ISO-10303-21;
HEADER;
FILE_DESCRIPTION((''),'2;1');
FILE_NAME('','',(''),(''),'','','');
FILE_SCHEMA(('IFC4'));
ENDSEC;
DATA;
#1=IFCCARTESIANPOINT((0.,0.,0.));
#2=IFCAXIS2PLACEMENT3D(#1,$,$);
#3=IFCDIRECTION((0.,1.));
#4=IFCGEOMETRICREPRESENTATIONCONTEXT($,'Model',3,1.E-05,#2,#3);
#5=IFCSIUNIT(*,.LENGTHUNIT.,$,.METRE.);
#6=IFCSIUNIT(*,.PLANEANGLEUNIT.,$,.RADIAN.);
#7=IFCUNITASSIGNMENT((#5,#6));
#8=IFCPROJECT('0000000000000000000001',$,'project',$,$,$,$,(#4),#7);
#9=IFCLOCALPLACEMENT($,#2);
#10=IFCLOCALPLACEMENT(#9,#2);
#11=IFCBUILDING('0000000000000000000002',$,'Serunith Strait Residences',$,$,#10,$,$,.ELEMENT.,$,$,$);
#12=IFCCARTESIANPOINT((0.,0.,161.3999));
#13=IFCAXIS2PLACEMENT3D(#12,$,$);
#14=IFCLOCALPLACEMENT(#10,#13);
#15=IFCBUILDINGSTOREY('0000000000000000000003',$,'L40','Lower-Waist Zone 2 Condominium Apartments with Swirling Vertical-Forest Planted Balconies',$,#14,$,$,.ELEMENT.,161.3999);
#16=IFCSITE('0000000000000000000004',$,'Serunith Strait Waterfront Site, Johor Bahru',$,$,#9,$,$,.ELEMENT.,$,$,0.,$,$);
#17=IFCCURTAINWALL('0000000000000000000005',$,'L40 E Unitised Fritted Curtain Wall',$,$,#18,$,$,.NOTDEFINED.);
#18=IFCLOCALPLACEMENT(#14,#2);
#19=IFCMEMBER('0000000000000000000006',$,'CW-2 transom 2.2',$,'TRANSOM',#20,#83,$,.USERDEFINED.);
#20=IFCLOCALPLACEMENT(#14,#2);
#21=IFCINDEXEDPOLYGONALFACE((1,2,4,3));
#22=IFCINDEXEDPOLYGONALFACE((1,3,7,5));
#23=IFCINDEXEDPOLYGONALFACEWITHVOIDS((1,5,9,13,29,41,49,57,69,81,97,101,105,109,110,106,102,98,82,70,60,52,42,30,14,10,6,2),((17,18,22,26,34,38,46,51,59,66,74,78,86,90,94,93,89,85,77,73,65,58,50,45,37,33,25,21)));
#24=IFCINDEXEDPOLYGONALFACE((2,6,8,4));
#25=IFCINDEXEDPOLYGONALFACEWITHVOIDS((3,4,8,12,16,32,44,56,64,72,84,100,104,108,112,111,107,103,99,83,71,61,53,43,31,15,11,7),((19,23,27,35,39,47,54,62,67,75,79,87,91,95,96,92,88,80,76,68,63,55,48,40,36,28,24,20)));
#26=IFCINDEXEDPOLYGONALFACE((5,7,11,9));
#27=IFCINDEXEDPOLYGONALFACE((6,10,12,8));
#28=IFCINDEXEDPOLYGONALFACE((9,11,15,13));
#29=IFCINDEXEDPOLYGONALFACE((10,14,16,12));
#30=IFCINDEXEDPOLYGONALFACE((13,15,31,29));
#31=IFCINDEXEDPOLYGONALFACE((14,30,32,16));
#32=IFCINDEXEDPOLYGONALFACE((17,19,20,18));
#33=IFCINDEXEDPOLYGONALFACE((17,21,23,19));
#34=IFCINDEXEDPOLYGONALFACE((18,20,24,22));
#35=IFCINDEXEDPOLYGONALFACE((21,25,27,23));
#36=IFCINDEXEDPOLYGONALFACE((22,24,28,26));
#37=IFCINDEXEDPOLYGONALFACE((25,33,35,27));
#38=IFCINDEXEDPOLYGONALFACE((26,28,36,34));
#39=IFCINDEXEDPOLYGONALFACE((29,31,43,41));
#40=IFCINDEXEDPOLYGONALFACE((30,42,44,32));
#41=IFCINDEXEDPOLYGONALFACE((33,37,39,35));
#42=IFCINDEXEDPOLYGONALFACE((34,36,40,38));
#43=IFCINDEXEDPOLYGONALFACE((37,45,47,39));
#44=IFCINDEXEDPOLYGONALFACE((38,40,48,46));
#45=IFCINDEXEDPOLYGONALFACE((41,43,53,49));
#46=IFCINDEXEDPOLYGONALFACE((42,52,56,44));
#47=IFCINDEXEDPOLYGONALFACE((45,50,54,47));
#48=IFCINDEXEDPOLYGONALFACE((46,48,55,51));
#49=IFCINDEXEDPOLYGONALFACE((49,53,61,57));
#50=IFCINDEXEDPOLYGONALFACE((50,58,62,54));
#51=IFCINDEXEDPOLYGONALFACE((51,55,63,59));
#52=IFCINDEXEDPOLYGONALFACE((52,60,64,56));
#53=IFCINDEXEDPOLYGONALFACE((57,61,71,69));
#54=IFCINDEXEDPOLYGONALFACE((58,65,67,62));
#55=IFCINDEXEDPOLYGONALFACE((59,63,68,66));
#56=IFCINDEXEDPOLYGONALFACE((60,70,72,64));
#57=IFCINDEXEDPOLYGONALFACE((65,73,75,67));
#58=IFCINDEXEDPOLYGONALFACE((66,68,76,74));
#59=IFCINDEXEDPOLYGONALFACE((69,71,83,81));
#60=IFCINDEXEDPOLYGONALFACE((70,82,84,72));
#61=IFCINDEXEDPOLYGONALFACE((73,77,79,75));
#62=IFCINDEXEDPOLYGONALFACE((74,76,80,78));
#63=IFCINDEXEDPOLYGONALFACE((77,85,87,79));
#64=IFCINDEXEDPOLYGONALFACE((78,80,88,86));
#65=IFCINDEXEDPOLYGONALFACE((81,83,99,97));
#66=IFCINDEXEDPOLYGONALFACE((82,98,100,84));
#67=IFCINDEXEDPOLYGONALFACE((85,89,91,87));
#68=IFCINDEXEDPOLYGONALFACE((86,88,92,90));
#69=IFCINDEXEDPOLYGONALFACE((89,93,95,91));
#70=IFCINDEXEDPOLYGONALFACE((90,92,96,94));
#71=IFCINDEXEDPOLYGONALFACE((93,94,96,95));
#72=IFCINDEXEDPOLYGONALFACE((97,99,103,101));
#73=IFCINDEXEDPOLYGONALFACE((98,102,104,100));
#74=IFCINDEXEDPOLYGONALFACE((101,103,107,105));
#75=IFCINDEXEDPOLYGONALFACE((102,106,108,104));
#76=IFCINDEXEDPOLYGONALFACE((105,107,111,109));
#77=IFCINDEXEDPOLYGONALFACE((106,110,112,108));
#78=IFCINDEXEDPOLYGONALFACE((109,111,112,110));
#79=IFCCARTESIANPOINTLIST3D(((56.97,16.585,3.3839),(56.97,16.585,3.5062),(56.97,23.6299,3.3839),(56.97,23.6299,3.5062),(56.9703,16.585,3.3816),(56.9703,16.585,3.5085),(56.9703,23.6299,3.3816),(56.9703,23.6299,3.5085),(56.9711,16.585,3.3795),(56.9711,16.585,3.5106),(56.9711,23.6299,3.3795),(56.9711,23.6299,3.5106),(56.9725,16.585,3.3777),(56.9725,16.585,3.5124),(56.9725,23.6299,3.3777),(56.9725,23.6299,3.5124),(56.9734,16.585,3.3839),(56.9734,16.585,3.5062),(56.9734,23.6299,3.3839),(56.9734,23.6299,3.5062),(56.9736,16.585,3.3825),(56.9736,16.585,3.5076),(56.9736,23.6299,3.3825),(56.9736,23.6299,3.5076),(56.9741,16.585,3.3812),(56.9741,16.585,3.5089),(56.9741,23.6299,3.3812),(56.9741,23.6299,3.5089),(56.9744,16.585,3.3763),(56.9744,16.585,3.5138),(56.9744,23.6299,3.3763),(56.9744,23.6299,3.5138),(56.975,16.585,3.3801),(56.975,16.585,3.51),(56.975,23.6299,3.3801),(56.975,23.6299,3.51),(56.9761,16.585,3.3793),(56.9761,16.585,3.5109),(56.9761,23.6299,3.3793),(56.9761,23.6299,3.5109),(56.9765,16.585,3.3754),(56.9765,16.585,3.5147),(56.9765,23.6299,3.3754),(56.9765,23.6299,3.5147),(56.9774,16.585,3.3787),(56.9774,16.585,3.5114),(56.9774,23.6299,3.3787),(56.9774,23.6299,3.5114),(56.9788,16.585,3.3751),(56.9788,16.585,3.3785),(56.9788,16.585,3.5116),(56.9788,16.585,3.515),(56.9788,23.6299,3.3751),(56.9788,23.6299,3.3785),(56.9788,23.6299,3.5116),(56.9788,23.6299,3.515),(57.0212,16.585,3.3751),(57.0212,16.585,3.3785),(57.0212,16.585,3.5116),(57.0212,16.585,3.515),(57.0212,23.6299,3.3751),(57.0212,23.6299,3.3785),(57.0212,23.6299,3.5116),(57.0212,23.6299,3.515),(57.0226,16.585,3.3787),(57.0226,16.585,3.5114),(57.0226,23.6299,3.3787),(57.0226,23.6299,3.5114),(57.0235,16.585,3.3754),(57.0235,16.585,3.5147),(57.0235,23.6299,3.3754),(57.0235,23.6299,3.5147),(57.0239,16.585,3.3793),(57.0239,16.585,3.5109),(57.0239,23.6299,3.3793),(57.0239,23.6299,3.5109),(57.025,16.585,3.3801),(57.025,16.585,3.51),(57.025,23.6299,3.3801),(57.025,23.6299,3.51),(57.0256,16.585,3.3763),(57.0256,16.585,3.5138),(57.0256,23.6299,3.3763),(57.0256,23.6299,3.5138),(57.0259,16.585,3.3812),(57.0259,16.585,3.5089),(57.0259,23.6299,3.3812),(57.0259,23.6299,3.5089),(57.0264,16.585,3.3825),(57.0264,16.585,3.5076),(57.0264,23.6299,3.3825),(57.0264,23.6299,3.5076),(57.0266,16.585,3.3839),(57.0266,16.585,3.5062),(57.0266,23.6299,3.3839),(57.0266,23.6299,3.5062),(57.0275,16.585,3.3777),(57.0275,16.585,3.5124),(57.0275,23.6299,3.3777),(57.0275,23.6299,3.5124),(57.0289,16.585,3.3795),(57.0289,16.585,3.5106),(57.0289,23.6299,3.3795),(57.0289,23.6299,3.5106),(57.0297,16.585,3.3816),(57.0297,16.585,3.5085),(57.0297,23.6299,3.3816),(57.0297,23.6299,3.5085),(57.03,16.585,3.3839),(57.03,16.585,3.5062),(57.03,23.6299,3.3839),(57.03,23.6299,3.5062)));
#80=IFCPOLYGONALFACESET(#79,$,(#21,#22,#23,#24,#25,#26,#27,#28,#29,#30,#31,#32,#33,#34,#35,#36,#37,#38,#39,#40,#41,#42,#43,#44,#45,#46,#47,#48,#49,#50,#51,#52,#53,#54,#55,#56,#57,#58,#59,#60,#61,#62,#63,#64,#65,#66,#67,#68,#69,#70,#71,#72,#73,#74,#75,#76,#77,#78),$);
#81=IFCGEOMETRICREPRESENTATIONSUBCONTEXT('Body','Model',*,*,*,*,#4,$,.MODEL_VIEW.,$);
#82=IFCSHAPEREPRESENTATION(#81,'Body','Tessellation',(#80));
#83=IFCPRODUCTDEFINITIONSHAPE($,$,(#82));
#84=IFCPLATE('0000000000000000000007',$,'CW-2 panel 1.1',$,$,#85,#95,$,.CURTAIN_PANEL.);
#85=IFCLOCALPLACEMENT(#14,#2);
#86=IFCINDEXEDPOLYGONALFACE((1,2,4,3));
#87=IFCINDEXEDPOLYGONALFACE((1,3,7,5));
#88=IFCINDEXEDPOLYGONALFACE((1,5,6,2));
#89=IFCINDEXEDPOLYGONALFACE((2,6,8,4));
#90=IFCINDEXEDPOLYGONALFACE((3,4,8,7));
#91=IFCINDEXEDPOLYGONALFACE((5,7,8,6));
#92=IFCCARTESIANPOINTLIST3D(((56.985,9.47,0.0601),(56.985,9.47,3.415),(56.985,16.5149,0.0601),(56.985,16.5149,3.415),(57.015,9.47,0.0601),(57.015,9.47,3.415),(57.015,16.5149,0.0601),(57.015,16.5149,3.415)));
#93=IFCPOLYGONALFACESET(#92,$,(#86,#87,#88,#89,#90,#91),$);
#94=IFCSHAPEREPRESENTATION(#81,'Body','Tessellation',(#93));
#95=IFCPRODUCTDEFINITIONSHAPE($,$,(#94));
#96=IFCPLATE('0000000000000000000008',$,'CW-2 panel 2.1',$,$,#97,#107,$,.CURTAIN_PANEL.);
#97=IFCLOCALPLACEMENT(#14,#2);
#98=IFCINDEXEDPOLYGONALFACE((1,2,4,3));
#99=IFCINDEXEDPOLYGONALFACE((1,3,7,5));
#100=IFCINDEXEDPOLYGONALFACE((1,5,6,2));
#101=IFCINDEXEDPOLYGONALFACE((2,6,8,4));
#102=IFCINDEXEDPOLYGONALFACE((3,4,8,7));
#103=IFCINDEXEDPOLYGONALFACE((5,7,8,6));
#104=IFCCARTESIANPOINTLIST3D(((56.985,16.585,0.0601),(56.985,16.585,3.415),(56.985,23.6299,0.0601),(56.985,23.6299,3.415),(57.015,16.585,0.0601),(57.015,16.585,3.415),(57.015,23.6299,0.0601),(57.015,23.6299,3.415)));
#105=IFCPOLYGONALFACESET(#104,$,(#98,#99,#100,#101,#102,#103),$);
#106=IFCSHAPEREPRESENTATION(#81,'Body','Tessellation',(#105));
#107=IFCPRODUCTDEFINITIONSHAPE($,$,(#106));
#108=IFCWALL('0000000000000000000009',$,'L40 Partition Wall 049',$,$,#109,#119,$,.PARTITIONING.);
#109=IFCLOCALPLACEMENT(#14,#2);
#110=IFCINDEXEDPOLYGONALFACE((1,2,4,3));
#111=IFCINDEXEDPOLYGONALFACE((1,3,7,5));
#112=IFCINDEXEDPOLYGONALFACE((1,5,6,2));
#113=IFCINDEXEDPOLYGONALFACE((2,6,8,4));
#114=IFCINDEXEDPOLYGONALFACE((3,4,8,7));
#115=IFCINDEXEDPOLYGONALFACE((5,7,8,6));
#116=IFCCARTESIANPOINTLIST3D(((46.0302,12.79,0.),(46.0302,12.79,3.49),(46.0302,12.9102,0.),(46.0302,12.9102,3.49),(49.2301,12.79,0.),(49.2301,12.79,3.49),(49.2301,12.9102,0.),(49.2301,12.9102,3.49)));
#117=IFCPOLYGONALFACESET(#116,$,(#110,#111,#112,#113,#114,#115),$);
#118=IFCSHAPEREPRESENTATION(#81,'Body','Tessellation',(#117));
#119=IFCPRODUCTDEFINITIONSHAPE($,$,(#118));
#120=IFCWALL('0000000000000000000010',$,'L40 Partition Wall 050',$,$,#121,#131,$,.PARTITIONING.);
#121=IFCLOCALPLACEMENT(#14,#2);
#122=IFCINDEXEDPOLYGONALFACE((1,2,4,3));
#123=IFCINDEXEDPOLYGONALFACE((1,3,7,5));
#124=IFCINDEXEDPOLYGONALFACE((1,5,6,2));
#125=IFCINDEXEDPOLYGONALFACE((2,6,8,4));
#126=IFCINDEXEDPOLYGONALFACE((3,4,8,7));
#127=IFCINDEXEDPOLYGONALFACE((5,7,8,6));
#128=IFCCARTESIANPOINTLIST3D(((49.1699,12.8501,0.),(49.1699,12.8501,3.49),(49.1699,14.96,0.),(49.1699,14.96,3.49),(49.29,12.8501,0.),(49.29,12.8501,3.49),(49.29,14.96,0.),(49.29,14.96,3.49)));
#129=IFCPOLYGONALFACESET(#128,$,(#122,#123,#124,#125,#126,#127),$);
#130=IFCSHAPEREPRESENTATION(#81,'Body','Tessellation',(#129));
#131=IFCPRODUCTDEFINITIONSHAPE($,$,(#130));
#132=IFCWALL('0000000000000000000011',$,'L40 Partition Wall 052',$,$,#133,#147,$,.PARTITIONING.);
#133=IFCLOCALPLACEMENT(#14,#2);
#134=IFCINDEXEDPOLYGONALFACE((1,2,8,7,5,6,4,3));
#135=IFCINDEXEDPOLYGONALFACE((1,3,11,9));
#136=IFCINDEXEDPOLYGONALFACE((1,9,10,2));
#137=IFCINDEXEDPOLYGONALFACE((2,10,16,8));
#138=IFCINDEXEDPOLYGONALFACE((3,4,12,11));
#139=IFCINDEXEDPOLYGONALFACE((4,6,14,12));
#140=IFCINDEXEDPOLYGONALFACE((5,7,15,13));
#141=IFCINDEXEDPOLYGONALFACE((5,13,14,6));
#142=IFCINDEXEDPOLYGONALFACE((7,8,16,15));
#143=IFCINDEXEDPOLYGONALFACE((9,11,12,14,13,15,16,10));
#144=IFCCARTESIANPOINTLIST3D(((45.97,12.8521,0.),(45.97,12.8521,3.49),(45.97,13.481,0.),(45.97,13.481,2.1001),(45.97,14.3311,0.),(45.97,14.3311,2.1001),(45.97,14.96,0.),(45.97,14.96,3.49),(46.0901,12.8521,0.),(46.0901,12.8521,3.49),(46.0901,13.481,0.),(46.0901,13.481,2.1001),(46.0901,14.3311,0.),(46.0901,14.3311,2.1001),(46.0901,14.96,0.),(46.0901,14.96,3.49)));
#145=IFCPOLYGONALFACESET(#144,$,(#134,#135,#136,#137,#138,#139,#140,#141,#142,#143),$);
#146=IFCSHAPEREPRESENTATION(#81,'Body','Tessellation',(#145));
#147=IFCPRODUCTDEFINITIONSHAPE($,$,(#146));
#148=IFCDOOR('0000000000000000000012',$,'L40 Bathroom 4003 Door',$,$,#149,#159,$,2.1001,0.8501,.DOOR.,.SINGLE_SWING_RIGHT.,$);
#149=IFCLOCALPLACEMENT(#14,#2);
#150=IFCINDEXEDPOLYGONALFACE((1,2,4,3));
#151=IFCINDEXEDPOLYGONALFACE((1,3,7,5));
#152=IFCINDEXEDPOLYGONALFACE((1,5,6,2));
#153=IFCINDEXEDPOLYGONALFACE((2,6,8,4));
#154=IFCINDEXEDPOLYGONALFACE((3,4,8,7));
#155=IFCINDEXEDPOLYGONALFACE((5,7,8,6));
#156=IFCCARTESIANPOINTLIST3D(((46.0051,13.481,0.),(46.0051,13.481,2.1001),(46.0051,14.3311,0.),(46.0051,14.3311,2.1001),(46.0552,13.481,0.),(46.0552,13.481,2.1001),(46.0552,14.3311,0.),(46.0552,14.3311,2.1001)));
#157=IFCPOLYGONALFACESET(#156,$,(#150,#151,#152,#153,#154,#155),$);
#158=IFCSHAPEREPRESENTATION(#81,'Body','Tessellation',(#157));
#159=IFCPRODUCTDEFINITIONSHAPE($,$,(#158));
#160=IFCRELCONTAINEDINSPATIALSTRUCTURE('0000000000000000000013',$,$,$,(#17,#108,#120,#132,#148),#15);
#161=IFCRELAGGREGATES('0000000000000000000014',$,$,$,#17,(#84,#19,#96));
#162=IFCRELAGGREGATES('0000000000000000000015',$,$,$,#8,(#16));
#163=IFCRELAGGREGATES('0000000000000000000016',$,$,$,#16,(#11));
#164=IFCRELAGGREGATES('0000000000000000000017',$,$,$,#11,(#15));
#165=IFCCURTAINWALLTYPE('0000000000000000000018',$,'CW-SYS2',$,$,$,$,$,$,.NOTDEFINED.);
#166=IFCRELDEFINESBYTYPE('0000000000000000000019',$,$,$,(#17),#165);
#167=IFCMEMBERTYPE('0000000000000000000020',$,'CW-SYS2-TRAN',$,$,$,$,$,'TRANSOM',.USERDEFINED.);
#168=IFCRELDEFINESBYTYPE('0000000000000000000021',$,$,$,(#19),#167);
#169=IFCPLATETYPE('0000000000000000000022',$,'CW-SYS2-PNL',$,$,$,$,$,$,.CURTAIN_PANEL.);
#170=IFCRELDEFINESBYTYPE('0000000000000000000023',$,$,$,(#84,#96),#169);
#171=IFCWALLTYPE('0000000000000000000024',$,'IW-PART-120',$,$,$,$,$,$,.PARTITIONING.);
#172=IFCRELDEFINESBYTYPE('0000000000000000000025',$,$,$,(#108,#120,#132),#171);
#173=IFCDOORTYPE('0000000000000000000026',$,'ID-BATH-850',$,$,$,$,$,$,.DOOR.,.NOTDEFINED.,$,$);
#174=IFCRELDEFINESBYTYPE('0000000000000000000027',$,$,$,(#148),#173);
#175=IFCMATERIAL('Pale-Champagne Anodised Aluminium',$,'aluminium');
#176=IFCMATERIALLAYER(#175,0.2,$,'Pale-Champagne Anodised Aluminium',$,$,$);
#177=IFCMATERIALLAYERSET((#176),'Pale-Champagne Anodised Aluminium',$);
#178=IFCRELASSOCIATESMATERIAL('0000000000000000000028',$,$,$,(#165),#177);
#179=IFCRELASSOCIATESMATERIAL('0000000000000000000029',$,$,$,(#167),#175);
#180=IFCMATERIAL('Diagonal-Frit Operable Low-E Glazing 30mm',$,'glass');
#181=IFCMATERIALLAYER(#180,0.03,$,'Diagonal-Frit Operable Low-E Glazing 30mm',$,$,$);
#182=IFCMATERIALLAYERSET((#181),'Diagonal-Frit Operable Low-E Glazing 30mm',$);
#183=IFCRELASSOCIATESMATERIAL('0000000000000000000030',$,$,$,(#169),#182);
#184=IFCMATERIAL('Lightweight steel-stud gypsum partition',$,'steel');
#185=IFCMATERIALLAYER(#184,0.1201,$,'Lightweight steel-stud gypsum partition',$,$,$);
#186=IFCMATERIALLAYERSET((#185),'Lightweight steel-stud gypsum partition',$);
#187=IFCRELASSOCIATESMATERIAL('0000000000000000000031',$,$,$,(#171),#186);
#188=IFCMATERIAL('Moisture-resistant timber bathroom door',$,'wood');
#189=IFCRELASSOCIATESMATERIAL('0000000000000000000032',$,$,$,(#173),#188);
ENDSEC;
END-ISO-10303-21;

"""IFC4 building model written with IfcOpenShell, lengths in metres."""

from ifc_helpers import new_model, si_unit, direction, frame, frame_2d, origin, origin_2d, place, context, subcontext, project, spatial, rectangle, hollow_rectangle, extrude, source, transform, mapped, material, layer, layer_set, material_profile, profile_set, type_object, element, fill, aggregate, save


model = new_model("IFC4")

# Units and contexts
model_context = context("Model", 3, precision=1e-05, world=origin(), true_north=direction((0.0, 1.0)))
body_context = subcontext(model_context, "Body", "Model", "MODEL_VIEW")
ifc_project = project(units=[si_unit("LENGTHUNIT", "METRE"), si_unit("PLANEANGLEUNIT", "RADIAN")], contexts=[model_context])

# Site, building, storey
site_placement = place(None, origin())
site = spatial("IfcSite", under=ifc_project, at=site_placement, Name="Serunith Strait Waterfront Site, Johor Bahru", CompositionType="ELEMENT", RefElevation=0.0)
building_placement = place(site_placement, origin())
building = spatial("IfcBuilding", under=site, at=building_placement, Name="Serunith Strait Residences", CompositionType="ELEMENT")
storey_placement = place(building_placement, frame((0.0, 0.0, 161.3999)))
storey = spatial("IfcBuildingStorey", under=building, at=storey_placement, Name="L40", Description="Lower-Waist Zone 2 Condominium Apartments with Swirling Vertical-Forest Planted Balconies", CompositionType="ELEMENT", Elevation=161.3999)

# Curtain wall, member, plates
ifc_material_1 = material(Name="Pale-Champagne Anodised Aluminium", Category="aluminium")
ifc_layer_1 = layer(ifc_material_1, 0.2, Name="Pale-Champagne Anodised Aluminium")
ifc_layer_set_1 = layer_set([ifc_layer_1], Name="Pale-Champagne Anodised Aluminium")
curtain_wall_type = type_object("IfcCurtainWallType", Name="CW-SYS2", PredefinedType="NOTDEFINED", material=ifc_layer_set_1)
curtain_wall_placement = place(storey_placement, origin())
curtain_wall = element("IfcCurtainWall", 1, at=curtain_wall_placement, inside=storey, type_object=curtain_wall_type, Name="L40 E Unitised Fritted Curtain Wall", PredefinedType="NOTDEFINED")
ifc_material_profile_1 = material_profile(ifc_material_1, hollow_rectangle(XDim=0.0601, YDim=0.1399, WallThickness=0.0034, InnerFilletRadius=0.0054, OuterFilletRadius=0.0088, at=origin_2d()), Name="ALU 140x60x3.5")
ifc_profile_set_1 = profile_set([ifc_material_profile_1], Name="Pale-Champagne Anodised Aluminium")
member_type_1 = type_object("IfcMemberType", Name="CW-SYS2-TRAN", ElementType="TRANSOM", PredefinedType="USERDEFINED", material=ifc_profile_set_1)
shared_shape_1 = source(origin(), body_context, "Body", "SweptSolid", [
    extrude(hollow_rectangle(XDim=0.0601, YDim=0.1399, WallThickness=0.0034, InnerFilletRadius=0.0054, OuterFilletRadius=0.0088, at=origin_2d()), origin(), (0.0, 0.0, 1.0), 7.0449),
])
member_1_placement = place(storey_placement, frame((57.0, 16.585, 3.4451), z_axis=(0.0, 1.0, 0.0), x_axis=(-1.0, 0.0, 0.0)))
member_1 = element("IfcMember", 2, at=member_1_placement, type_object=member_type_1, Name="CW-2 transom 2.2", ObjectType="TRANSOM", PredefinedType="USERDEFINED", context=body_context, shape_type="MappedRepresentation", body=[
    mapped(shared_shape_1, transform((0.0, 0.0, 0.0), scale=1.0)),
])
ifc_material_2 = material(Name="Diagonal-Frit Operable Low-E Glazing 30mm", Category="glass")
ifc_layer_2 = layer(ifc_material_2, 0.03, Name="Diagonal-Frit Operable Low-E Glazing 30mm")
ifc_layer_set_2 = layer_set([ifc_layer_2], Name="Diagonal-Frit Operable Low-E Glazing 30mm")
plate_type = type_object("IfcPlateType", Name="CW-SYS2-PNL", PredefinedType="CURTAIN_PANEL", material=ifc_layer_set_2)
shared_shape_2 = source(origin(), body_context, "Body", "SweptSolid", [
    extrude(rectangle(XDim=7.0449, YDim=0.03, at=origin_2d()), origin(), (0.0, 0.0, 1.0), 3.355),
])
plate_1_placement = place(storey_placement, frame((57.0, 12.9924, 0.0601), z_axis=(0.0, 0.0, 1.0), x_axis=(0.0, 1.0, 0.0)))
plate_1 = element("IfcPlate", 3, at=plate_1_placement, type_object=plate_type, Name="CW-2 panel 1.1", PredefinedType="CURTAIN_PANEL", context=body_context, shape_type="MappedRepresentation", body=[
    mapped(shared_shape_2, transform((0.0, 0.0, 0.0), scale=1.0)),
])
plate_2_placement = place(storey_placement, frame((57.0, 20.1074, 0.0601), z_axis=(0.0, 0.0, 1.0), x_axis=(0.0, 1.0, 0.0)))
plate_2 = element("IfcPlate", 4, at=plate_2_placement, type_object=plate_type, Name="CW-2 panel 2.1", PredefinedType="CURTAIN_PANEL", context=body_context, shape_type="MappedRepresentation", body=[
    mapped(shared_shape_2, transform((0.0, 0.0, 0.0), scale=1.0)),
])
aggregate(curtain_wall, [plate_1, member_1, plate_2])

# Walls
ifc_material_3 = material(Name="Lightweight steel-stud gypsum partition", Category="steel")
ifc_layer_3 = layer(ifc_material_3, 0.1201, Name="Lightweight steel-stud gypsum partition")
ifc_layer_set_3 = layer_set([ifc_layer_3], Name="Lightweight steel-stud gypsum partition")
wall_type = type_object("IfcWallType", Name="IW-PART-120", PredefinedType="PARTITIONING", material=ifc_layer_set_3)
wall_1_placement = place(storey_placement, frame((46.03, 12.8501, 0.0), z_axis=(0.0, 0.0, 1.0), x_axis=(1.0, 0.0, 0.0)))
element("IfcWall", 5, at=wall_1_placement, inside=storey, type_object=wall_type, Name="L40 Partition Wall 049", PredefinedType="PARTITIONING", context=body_context, shape_type="SweptSolid", body=[
    extrude(rectangle(XDim=3.2, YDim=0.1201, at=frame_2d((1.6001, 0.0))), origin(), (0.0, 0.0, 1.0), 3.49),
])
wall_2_placement = place(storey_placement, frame((49.23, 12.8501, 0.0), z_axis=(0.0, 0.0, 1.0), x_axis=(0.0, 1.0, 0.0)))
element("IfcWall", 6, at=wall_2_placement, inside=storey, type_object=wall_type, Name="L40 Partition Wall 050", PredefinedType="PARTITIONING", context=body_context, shape_type="SweptSolid", body=[
    extrude(rectangle(XDim=2.1099, YDim=0.1201, at=frame_2d((1.0549, 0.0))), origin(), (0.0, 0.0, 1.0), 3.49),
])

# Wall, opening, door
wall_3_placement = place(storey_placement, frame((46.03, 12.8521, 0.0), z_axis=(0.0, 0.0, 1.0), x_axis=(0.0, 1.0, 0.0)))
wall_3 = element("IfcWall", 7, at=wall_3_placement, inside=storey, type_object=wall_type, Name="L40 Partition Wall 052", PredefinedType="PARTITIONING", context=body_context, shape_type="SweptSolid", body=[
    extrude(rectangle(XDim=2.1079, YDim=0.1201, at=frame_2d((1.054, 0.0))), origin(), (0.0, 0.0, 1.0), 3.49),
])
opening_1_placement = place(wall_3_placement, frame((0.6289, 0.0, 0.0)))
opening_1 = element("IfcOpeningElement", 8, at=opening_1_placement, cuts=wall_3, PredefinedType="OPENING", context=body_context, shape_type="SweptSolid", body=[
    extrude(rectangle(XDim=0.8501, YDim=2.1001, at=frame_2d((0.425, 1.05))), frame((0.0, 0.0701, 0.0), z_axis=(0.0, -1.0, 0.0), x_axis=(1.0, 0.0, 0.0)), (0.0, 0.0, 1.0), 0.1401),
])
ifc_material_4 = material(Name="Moisture-resistant timber bathroom door", Category="wood")
door_type_1 = type_object("IfcDoorType", Name="ID-BATH-850", OperationType="NOTDEFINED", PredefinedType="DOOR", material=ifc_material_4)
shared_shape_3 = source(origin(), body_context, "Body", "SweptSolid", [
    extrude(rectangle(XDim=0.8501, YDim=2.1001, at=frame_2d((0.425, 1.05))), frame((0.0, 0.0249, 0.0), z_axis=(0.0, -1.0, 0.0), x_axis=(1.0, 0.0, 0.0)), (0.0, 0.0, 1.0), 0.05),
])
door_1_placement = place(opening_1_placement, origin())
door_1 = element("IfcDoor", 9, at=door_1_placement, inside=storey, type_object=door_type_1, Name="L40 Bathroom 4003 Door", OperationType="SINGLE_SWING_RIGHT", OverallHeight=2.1001, OverallWidth=0.8501, PredefinedType="DOOR", context=body_context, shape_type="MappedRepresentation", body=[
    mapped(shared_shape_3, transform((0.0, 0.0, 0.0), scale=1.0)),
])
fill(opening_1, door_1)

save(model, "model.ifc")
